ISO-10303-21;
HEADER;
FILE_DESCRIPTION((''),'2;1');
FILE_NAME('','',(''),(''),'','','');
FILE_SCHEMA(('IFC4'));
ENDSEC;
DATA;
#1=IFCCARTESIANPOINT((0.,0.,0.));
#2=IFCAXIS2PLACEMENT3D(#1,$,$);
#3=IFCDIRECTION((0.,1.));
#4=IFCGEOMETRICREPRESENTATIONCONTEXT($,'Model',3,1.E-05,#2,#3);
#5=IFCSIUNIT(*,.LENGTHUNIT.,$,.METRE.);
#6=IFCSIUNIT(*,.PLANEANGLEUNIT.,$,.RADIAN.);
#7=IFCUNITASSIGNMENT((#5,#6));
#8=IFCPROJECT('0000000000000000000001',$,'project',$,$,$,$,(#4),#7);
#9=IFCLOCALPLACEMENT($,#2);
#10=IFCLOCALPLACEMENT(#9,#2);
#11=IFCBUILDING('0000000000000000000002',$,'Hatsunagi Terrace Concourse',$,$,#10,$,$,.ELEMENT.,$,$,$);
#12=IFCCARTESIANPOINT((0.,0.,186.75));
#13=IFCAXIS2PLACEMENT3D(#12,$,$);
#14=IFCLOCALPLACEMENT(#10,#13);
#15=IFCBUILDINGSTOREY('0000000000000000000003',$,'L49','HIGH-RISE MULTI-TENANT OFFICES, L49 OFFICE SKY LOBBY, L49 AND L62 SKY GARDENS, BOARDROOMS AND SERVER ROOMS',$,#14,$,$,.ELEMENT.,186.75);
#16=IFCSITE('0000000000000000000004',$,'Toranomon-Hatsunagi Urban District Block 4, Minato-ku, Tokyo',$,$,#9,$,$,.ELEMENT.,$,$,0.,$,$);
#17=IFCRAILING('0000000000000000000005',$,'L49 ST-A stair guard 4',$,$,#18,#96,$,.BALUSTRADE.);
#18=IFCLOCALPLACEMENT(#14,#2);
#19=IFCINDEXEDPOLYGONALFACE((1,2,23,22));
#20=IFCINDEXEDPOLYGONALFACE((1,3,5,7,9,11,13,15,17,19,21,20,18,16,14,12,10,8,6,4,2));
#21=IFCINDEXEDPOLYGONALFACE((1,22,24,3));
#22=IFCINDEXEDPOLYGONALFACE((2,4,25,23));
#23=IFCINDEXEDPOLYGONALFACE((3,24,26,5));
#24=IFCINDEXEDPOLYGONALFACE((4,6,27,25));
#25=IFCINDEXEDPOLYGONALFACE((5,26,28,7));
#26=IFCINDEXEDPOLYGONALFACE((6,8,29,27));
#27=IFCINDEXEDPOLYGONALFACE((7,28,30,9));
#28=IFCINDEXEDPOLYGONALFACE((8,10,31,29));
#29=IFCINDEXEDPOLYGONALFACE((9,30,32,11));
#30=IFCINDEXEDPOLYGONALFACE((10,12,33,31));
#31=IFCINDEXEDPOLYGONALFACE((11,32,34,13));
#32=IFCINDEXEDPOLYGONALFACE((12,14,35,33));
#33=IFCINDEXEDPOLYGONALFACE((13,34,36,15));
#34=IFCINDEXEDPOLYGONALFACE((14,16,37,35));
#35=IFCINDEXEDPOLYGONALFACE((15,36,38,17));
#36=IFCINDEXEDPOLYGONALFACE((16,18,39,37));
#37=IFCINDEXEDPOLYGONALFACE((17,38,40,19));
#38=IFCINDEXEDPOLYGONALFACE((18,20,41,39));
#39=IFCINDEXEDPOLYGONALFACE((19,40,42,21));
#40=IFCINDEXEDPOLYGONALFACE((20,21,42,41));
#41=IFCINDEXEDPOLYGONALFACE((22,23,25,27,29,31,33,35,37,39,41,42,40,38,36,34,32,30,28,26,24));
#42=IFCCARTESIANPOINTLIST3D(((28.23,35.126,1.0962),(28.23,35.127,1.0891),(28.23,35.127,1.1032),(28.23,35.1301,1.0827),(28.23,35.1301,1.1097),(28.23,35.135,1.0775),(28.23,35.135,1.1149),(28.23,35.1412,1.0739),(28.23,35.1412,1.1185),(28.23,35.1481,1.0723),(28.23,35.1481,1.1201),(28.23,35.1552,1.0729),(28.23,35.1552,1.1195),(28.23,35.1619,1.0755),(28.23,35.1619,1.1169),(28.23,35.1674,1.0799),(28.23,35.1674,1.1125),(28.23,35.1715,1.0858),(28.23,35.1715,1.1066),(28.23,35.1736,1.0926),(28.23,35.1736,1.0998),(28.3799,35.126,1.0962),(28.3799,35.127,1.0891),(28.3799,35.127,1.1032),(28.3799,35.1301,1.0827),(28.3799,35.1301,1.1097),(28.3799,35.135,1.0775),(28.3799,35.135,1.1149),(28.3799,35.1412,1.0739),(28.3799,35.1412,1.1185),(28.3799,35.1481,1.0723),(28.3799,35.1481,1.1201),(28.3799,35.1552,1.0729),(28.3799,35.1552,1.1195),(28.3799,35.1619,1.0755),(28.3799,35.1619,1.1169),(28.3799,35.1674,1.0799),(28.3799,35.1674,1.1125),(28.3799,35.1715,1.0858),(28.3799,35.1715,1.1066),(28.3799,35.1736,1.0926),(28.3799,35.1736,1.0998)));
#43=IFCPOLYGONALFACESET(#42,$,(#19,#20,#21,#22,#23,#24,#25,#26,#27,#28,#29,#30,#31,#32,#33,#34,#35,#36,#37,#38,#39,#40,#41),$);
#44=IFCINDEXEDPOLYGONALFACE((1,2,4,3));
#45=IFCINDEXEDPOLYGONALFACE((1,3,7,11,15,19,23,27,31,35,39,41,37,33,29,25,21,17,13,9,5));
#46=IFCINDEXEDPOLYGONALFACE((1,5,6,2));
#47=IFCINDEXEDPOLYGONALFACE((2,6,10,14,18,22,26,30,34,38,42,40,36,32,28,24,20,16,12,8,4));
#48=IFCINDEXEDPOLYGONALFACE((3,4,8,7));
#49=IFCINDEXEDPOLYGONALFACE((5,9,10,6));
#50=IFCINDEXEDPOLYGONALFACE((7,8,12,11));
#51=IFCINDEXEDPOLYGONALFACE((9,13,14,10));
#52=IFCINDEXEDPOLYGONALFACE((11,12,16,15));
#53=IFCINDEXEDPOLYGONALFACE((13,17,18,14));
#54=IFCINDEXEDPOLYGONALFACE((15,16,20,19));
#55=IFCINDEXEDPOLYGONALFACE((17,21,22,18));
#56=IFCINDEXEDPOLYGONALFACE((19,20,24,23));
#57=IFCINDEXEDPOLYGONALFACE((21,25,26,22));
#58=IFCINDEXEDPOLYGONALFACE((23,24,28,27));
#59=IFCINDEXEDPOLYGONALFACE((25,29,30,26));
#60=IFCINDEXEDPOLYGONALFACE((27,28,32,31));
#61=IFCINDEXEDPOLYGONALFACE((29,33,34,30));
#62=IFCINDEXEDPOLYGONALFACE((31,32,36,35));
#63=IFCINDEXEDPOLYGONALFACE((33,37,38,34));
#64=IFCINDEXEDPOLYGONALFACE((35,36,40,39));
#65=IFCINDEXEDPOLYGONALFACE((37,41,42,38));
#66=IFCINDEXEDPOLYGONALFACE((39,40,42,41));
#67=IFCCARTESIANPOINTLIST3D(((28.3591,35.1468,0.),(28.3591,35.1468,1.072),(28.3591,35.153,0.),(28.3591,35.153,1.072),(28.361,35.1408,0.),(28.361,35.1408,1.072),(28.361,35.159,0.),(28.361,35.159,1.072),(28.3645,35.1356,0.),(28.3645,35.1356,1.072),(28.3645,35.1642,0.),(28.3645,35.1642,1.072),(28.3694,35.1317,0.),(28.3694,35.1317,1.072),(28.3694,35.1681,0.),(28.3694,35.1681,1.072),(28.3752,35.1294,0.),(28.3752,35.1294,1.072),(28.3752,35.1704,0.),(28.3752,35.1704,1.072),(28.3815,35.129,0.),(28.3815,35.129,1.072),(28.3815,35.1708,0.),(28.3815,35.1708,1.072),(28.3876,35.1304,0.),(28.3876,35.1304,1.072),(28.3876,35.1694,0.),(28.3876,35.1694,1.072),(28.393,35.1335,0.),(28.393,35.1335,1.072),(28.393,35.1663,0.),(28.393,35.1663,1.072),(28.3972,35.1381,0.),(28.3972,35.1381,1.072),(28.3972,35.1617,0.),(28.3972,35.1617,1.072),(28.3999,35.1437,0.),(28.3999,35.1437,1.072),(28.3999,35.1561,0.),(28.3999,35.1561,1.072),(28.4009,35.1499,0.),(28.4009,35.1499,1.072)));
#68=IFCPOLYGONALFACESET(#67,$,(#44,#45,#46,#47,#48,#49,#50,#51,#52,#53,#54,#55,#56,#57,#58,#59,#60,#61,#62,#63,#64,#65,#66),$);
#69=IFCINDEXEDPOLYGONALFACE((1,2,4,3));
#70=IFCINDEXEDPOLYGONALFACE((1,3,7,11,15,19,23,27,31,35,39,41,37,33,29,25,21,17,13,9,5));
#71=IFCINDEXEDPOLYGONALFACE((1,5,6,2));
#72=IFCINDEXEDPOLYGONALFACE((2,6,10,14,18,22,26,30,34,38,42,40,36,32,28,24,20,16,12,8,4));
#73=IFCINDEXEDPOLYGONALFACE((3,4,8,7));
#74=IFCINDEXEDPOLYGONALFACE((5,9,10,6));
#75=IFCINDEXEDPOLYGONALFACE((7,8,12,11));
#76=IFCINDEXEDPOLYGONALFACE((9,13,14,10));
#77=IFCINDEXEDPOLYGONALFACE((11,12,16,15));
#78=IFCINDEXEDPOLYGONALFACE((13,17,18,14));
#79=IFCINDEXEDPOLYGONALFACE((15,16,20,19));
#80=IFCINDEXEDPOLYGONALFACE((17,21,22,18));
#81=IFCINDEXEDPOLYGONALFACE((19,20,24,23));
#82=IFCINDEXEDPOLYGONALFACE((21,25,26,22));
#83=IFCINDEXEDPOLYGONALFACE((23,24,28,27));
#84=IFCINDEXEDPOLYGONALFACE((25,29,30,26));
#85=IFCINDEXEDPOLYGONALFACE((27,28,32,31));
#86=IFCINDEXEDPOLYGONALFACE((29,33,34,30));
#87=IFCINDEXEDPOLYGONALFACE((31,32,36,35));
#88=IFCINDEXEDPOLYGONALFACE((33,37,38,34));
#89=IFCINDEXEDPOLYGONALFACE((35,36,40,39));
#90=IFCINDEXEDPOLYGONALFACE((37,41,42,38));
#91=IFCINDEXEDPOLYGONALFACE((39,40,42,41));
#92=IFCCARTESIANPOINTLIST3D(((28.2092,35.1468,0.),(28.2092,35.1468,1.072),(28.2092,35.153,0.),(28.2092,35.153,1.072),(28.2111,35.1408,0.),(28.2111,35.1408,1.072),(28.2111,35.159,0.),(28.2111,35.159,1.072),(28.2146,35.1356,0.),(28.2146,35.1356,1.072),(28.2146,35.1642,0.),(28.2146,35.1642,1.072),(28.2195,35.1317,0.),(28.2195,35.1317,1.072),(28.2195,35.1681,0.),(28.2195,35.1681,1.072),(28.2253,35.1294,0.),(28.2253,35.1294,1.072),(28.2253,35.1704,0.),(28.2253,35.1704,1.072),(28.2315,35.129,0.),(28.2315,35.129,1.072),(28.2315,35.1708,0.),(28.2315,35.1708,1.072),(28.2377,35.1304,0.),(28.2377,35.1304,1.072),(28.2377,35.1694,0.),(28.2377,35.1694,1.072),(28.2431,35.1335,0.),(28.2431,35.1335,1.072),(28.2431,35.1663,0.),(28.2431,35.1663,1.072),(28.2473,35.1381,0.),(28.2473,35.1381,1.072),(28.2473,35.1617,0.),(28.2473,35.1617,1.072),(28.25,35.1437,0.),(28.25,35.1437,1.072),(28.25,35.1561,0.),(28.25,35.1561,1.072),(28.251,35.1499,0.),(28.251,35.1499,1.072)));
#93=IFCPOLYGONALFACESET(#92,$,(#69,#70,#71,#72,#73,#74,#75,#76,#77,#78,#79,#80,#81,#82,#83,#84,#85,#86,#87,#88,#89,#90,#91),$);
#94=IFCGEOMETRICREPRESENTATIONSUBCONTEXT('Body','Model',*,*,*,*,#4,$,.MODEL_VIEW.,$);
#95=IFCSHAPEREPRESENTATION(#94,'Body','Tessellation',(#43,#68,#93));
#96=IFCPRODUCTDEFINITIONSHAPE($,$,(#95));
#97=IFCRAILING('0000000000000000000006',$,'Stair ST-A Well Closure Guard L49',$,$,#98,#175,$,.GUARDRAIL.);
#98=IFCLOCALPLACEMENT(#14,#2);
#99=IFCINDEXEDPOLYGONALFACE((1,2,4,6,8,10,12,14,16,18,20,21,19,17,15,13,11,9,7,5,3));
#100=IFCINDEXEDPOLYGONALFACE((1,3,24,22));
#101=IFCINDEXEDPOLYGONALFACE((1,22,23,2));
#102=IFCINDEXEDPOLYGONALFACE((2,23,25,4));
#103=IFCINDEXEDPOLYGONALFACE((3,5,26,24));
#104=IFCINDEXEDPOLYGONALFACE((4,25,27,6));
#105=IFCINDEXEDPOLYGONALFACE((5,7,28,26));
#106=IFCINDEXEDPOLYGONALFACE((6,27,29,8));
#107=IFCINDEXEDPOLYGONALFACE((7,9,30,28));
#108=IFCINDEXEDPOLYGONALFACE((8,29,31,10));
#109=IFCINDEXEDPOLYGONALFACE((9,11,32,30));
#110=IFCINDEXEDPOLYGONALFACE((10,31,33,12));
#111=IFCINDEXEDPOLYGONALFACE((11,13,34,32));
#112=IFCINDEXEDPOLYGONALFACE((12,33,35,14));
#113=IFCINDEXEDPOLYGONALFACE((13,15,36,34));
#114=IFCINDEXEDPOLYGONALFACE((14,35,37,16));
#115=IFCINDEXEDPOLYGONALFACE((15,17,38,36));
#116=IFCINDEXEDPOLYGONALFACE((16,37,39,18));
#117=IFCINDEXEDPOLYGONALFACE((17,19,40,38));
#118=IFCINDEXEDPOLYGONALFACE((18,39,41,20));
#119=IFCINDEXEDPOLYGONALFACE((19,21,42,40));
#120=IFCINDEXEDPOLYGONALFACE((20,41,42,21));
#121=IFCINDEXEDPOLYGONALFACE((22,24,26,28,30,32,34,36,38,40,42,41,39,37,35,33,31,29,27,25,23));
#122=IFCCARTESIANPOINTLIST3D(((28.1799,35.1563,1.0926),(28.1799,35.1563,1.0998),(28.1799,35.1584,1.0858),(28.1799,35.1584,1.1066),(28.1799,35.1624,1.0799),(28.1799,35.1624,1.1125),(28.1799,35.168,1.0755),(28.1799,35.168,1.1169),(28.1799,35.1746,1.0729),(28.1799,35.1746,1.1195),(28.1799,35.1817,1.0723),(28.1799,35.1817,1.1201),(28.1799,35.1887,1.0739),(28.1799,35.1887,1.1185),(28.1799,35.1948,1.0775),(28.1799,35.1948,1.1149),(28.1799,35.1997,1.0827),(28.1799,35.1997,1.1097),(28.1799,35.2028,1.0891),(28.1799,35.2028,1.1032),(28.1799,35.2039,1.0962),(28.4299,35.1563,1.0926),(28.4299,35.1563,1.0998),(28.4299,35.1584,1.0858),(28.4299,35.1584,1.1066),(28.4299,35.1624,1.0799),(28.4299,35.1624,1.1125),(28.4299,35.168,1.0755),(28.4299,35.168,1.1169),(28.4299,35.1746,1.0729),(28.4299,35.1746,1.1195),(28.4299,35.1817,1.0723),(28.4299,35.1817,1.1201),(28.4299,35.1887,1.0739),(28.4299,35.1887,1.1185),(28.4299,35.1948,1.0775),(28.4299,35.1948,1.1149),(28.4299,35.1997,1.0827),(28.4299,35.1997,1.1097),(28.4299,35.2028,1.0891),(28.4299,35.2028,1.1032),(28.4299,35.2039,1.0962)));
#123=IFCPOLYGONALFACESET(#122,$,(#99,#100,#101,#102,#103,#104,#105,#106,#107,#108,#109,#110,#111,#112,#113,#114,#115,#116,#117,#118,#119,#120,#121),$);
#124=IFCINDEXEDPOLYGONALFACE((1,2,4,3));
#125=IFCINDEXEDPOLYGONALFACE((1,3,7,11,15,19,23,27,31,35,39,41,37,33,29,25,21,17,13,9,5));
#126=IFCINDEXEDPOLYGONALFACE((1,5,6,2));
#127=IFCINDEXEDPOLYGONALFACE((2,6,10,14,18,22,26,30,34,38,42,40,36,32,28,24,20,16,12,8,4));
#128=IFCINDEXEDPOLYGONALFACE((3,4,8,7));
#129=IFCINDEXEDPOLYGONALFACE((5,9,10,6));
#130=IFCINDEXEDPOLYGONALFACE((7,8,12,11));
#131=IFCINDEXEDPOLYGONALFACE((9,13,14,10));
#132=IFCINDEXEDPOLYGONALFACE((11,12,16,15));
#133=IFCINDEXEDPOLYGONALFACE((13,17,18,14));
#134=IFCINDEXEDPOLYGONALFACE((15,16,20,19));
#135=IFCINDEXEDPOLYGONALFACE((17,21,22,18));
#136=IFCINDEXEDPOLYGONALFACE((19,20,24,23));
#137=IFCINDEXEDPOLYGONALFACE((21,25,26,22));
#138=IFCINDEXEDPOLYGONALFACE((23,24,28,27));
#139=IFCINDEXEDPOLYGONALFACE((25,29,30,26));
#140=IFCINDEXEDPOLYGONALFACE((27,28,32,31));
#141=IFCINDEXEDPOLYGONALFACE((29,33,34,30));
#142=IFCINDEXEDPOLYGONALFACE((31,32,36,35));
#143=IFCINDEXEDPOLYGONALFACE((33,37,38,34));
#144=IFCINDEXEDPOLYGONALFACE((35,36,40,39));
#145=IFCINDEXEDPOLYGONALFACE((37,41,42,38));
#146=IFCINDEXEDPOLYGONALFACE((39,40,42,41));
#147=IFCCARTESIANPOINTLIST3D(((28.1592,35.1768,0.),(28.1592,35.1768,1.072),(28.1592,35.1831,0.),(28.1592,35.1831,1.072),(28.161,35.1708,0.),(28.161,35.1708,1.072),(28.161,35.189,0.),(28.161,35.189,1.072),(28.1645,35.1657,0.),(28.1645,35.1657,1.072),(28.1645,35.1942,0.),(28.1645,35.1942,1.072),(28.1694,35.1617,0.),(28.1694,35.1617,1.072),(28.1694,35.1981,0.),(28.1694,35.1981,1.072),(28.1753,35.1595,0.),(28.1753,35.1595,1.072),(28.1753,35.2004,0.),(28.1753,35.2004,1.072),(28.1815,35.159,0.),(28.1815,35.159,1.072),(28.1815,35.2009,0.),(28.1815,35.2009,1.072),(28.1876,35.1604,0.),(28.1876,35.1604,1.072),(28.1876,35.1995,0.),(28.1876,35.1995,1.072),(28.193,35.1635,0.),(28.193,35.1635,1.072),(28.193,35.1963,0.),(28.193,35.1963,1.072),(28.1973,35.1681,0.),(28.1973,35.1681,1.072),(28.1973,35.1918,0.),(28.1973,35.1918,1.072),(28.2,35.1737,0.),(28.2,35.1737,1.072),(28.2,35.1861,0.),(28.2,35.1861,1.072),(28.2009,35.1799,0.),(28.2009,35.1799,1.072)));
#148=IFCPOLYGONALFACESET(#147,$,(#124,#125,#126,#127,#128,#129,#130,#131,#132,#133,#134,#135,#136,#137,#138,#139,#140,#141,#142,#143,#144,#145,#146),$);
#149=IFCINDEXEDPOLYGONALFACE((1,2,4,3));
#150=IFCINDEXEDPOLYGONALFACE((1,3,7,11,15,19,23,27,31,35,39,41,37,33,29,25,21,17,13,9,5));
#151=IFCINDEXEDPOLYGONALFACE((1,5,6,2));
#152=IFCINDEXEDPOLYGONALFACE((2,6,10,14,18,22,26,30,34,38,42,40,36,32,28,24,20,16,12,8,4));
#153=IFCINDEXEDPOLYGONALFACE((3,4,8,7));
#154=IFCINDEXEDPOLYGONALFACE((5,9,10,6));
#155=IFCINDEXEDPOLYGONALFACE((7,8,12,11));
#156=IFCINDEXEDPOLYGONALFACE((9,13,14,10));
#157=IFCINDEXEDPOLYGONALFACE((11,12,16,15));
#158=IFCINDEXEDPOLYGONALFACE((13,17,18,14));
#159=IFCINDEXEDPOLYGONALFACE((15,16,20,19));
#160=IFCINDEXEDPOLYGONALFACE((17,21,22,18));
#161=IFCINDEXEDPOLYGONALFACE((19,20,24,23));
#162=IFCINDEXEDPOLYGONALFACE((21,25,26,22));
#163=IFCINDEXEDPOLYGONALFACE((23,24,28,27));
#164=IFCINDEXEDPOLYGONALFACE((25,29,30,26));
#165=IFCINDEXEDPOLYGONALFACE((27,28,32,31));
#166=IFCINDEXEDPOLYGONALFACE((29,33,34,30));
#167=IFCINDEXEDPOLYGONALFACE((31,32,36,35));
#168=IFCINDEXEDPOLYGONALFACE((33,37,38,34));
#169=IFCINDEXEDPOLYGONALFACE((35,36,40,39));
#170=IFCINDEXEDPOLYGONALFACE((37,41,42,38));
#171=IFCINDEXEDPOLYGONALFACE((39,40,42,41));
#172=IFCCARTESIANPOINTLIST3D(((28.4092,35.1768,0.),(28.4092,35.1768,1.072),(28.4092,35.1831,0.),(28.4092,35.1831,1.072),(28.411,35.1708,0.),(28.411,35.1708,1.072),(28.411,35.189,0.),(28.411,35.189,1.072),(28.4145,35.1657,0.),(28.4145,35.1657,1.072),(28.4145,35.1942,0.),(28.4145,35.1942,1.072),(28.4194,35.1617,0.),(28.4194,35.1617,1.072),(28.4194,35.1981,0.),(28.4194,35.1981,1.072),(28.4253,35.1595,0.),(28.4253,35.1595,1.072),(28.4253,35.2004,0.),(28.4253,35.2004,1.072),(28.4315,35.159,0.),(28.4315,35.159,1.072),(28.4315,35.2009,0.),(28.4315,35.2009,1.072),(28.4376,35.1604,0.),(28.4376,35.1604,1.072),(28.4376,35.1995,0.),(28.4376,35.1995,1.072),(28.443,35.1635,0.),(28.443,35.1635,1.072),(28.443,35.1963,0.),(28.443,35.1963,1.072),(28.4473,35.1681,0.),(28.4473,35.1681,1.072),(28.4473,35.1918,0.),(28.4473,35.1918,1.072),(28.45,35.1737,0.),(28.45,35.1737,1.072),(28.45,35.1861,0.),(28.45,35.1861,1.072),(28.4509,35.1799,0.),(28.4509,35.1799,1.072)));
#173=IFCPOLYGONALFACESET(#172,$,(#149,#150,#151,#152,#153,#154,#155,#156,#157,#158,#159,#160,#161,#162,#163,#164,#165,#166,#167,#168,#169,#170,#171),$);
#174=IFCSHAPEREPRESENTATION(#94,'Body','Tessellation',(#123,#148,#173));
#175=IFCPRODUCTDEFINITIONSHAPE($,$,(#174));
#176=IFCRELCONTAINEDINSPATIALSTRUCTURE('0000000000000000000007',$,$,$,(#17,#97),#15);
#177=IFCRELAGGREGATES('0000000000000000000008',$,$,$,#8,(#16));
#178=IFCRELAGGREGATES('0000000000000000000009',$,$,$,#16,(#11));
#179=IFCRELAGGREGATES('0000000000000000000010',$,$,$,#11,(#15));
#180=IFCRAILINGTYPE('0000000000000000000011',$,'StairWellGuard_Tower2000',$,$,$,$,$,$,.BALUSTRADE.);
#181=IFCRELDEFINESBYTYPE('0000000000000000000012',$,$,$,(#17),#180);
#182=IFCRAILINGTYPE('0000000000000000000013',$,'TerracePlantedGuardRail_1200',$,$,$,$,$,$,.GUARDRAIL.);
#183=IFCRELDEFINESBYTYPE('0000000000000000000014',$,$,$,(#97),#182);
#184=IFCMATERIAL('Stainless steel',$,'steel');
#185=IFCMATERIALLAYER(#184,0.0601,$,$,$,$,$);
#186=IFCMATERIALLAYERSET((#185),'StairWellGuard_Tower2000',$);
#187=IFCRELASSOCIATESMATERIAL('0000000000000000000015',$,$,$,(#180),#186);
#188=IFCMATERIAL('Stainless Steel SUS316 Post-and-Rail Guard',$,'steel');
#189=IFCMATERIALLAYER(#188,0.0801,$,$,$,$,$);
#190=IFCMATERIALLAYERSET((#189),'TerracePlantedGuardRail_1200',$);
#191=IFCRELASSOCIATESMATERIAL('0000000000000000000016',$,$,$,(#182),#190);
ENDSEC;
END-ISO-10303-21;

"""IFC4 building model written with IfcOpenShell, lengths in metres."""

from ifc_helpers import new_model, si_unit, direction, frame, origin, origin_2d, place, context, subcontext, project, spatial, circle, extrude, material, layer, layer_set, type_object, element, save


model = new_model("IFC4")

# Units and contexts
model_context = context("Model", 3, precision=1e-05, world=origin(), true_north=direction((0.0, 1.0)))
body_context = subcontext(model_context, "Body", "Model", "MODEL_VIEW")
ifc_project = project(units=[si_unit("LENGTHUNIT", "METRE"), si_unit("PLANEANGLEUNIT", "RADIAN")], contexts=[model_context])

# Site, building, storey
site_placement = place(None, origin())
site = spatial("IfcSite", under=ifc_project, at=site_placement, Name="Toranomon-Hatsunagi Urban District Block 4, Minato-ku, Tokyo", CompositionType="ELEMENT", RefElevation=0.0)
building_placement = place(site_placement, origin())
building = spatial("IfcBuilding", under=site, at=building_placement, Name="Hatsunagi Terrace Concourse", CompositionType="ELEMENT")
storey_placement = place(building_placement, frame((0.0, 0.0, 186.75)))
storey = spatial("IfcBuildingStorey", under=building, at=storey_placement, Name="L49", Description="HIGH-RISE MULTI-TENANT OFFICES, L49 OFFICE SKY LOBBY, L49 AND L62 SKY GARDENS, BOARDROOMS AND SERVER ROOMS", CompositionType="ELEMENT", Elevation=186.75)

# Railings
ifc_material_1 = material(Name="Stainless steel", Category="steel")
ifc_layer_1 = layer(ifc_material_1, 0.0601)
ifc_layer_set_1 = layer_set([ifc_layer_1], Name="StairWellGuard_Tower2000")
railing_type_1 = type_object("IfcRailingType", Name="StairWellGuard_Tower2000", PredefinedType="BALUSTRADE", material=ifc_layer_set_1)
railing_1_placement = place(storey_placement, frame((28.3799, 35.1499, 0.0)))
element("IfcRailing", 1, at=railing_1_placement, inside=storey, type_object=railing_type_1, Name="L49 ST-A stair guard 4", PredefinedType="BALUSTRADE", context=body_context, shape_type="SweptSolid", body=[
    extrude(circle(Radius=0.0239, at=origin_2d()), frame((0.0, 0.0, 1.0962), z_axis=(-1.0, 0.0, 0.0), x_axis=(0.0, -1.0, 0.0)), (0.0, 0.0, 1.0), 0.1499),
    extrude(circle(Radius=0.021, at=origin_2d()), origin(), (0.0, 0.0, 1.0), 1.072),
    extrude(circle(Radius=0.021, at=origin_2d()), frame((-0.1499, 0.0, 0.0)), (0.0, 0.0, 1.0), 1.072),
])
ifc_material_2 = material(Name="Stainless Steel SUS316 Post-and-Rail Guard", Category="steel")
ifc_layer_2 = layer(ifc_material_2, 0.0801)
ifc_layer_set_2 = layer_set([ifc_layer_2], Name="TerracePlantedGuardRail_1200")
railing_type_2 = type_object("IfcRailingType", Name="TerracePlantedGuardRail_1200", PredefinedType="GUARDRAIL", material=ifc_layer_set_2)
railing_2_placement = place(storey_placement, frame((28.1799, 35.1799, 0.0)))
element("IfcRailing", 2, at=railing_2_placement, inside=storey, type_object=railing_type_2, Name="Stair ST-A Well Closure Guard L49", PredefinedType="GUARDRAIL", context=body_context, shape_type="SweptSolid", body=[
    extrude(circle(Radius=0.0239, at=origin_2d()), frame((0.0, 0.0, 1.0962), z_axis=(1.0, 0.0, 0.0), x_axis=(0.0, 1.0, 0.0)), (0.0, 0.0, 1.0), 0.25),
    extrude(circle(Radius=0.021, at=origin_2d()), origin(), (0.0, 0.0, 1.0), 1.072),
    extrude(circle(Radius=0.021, at=origin_2d()), frame((0.25, 0.0, 0.0)), (0.0, 0.0, 1.0), 1.072),
])

save(model, "model.ifc")
